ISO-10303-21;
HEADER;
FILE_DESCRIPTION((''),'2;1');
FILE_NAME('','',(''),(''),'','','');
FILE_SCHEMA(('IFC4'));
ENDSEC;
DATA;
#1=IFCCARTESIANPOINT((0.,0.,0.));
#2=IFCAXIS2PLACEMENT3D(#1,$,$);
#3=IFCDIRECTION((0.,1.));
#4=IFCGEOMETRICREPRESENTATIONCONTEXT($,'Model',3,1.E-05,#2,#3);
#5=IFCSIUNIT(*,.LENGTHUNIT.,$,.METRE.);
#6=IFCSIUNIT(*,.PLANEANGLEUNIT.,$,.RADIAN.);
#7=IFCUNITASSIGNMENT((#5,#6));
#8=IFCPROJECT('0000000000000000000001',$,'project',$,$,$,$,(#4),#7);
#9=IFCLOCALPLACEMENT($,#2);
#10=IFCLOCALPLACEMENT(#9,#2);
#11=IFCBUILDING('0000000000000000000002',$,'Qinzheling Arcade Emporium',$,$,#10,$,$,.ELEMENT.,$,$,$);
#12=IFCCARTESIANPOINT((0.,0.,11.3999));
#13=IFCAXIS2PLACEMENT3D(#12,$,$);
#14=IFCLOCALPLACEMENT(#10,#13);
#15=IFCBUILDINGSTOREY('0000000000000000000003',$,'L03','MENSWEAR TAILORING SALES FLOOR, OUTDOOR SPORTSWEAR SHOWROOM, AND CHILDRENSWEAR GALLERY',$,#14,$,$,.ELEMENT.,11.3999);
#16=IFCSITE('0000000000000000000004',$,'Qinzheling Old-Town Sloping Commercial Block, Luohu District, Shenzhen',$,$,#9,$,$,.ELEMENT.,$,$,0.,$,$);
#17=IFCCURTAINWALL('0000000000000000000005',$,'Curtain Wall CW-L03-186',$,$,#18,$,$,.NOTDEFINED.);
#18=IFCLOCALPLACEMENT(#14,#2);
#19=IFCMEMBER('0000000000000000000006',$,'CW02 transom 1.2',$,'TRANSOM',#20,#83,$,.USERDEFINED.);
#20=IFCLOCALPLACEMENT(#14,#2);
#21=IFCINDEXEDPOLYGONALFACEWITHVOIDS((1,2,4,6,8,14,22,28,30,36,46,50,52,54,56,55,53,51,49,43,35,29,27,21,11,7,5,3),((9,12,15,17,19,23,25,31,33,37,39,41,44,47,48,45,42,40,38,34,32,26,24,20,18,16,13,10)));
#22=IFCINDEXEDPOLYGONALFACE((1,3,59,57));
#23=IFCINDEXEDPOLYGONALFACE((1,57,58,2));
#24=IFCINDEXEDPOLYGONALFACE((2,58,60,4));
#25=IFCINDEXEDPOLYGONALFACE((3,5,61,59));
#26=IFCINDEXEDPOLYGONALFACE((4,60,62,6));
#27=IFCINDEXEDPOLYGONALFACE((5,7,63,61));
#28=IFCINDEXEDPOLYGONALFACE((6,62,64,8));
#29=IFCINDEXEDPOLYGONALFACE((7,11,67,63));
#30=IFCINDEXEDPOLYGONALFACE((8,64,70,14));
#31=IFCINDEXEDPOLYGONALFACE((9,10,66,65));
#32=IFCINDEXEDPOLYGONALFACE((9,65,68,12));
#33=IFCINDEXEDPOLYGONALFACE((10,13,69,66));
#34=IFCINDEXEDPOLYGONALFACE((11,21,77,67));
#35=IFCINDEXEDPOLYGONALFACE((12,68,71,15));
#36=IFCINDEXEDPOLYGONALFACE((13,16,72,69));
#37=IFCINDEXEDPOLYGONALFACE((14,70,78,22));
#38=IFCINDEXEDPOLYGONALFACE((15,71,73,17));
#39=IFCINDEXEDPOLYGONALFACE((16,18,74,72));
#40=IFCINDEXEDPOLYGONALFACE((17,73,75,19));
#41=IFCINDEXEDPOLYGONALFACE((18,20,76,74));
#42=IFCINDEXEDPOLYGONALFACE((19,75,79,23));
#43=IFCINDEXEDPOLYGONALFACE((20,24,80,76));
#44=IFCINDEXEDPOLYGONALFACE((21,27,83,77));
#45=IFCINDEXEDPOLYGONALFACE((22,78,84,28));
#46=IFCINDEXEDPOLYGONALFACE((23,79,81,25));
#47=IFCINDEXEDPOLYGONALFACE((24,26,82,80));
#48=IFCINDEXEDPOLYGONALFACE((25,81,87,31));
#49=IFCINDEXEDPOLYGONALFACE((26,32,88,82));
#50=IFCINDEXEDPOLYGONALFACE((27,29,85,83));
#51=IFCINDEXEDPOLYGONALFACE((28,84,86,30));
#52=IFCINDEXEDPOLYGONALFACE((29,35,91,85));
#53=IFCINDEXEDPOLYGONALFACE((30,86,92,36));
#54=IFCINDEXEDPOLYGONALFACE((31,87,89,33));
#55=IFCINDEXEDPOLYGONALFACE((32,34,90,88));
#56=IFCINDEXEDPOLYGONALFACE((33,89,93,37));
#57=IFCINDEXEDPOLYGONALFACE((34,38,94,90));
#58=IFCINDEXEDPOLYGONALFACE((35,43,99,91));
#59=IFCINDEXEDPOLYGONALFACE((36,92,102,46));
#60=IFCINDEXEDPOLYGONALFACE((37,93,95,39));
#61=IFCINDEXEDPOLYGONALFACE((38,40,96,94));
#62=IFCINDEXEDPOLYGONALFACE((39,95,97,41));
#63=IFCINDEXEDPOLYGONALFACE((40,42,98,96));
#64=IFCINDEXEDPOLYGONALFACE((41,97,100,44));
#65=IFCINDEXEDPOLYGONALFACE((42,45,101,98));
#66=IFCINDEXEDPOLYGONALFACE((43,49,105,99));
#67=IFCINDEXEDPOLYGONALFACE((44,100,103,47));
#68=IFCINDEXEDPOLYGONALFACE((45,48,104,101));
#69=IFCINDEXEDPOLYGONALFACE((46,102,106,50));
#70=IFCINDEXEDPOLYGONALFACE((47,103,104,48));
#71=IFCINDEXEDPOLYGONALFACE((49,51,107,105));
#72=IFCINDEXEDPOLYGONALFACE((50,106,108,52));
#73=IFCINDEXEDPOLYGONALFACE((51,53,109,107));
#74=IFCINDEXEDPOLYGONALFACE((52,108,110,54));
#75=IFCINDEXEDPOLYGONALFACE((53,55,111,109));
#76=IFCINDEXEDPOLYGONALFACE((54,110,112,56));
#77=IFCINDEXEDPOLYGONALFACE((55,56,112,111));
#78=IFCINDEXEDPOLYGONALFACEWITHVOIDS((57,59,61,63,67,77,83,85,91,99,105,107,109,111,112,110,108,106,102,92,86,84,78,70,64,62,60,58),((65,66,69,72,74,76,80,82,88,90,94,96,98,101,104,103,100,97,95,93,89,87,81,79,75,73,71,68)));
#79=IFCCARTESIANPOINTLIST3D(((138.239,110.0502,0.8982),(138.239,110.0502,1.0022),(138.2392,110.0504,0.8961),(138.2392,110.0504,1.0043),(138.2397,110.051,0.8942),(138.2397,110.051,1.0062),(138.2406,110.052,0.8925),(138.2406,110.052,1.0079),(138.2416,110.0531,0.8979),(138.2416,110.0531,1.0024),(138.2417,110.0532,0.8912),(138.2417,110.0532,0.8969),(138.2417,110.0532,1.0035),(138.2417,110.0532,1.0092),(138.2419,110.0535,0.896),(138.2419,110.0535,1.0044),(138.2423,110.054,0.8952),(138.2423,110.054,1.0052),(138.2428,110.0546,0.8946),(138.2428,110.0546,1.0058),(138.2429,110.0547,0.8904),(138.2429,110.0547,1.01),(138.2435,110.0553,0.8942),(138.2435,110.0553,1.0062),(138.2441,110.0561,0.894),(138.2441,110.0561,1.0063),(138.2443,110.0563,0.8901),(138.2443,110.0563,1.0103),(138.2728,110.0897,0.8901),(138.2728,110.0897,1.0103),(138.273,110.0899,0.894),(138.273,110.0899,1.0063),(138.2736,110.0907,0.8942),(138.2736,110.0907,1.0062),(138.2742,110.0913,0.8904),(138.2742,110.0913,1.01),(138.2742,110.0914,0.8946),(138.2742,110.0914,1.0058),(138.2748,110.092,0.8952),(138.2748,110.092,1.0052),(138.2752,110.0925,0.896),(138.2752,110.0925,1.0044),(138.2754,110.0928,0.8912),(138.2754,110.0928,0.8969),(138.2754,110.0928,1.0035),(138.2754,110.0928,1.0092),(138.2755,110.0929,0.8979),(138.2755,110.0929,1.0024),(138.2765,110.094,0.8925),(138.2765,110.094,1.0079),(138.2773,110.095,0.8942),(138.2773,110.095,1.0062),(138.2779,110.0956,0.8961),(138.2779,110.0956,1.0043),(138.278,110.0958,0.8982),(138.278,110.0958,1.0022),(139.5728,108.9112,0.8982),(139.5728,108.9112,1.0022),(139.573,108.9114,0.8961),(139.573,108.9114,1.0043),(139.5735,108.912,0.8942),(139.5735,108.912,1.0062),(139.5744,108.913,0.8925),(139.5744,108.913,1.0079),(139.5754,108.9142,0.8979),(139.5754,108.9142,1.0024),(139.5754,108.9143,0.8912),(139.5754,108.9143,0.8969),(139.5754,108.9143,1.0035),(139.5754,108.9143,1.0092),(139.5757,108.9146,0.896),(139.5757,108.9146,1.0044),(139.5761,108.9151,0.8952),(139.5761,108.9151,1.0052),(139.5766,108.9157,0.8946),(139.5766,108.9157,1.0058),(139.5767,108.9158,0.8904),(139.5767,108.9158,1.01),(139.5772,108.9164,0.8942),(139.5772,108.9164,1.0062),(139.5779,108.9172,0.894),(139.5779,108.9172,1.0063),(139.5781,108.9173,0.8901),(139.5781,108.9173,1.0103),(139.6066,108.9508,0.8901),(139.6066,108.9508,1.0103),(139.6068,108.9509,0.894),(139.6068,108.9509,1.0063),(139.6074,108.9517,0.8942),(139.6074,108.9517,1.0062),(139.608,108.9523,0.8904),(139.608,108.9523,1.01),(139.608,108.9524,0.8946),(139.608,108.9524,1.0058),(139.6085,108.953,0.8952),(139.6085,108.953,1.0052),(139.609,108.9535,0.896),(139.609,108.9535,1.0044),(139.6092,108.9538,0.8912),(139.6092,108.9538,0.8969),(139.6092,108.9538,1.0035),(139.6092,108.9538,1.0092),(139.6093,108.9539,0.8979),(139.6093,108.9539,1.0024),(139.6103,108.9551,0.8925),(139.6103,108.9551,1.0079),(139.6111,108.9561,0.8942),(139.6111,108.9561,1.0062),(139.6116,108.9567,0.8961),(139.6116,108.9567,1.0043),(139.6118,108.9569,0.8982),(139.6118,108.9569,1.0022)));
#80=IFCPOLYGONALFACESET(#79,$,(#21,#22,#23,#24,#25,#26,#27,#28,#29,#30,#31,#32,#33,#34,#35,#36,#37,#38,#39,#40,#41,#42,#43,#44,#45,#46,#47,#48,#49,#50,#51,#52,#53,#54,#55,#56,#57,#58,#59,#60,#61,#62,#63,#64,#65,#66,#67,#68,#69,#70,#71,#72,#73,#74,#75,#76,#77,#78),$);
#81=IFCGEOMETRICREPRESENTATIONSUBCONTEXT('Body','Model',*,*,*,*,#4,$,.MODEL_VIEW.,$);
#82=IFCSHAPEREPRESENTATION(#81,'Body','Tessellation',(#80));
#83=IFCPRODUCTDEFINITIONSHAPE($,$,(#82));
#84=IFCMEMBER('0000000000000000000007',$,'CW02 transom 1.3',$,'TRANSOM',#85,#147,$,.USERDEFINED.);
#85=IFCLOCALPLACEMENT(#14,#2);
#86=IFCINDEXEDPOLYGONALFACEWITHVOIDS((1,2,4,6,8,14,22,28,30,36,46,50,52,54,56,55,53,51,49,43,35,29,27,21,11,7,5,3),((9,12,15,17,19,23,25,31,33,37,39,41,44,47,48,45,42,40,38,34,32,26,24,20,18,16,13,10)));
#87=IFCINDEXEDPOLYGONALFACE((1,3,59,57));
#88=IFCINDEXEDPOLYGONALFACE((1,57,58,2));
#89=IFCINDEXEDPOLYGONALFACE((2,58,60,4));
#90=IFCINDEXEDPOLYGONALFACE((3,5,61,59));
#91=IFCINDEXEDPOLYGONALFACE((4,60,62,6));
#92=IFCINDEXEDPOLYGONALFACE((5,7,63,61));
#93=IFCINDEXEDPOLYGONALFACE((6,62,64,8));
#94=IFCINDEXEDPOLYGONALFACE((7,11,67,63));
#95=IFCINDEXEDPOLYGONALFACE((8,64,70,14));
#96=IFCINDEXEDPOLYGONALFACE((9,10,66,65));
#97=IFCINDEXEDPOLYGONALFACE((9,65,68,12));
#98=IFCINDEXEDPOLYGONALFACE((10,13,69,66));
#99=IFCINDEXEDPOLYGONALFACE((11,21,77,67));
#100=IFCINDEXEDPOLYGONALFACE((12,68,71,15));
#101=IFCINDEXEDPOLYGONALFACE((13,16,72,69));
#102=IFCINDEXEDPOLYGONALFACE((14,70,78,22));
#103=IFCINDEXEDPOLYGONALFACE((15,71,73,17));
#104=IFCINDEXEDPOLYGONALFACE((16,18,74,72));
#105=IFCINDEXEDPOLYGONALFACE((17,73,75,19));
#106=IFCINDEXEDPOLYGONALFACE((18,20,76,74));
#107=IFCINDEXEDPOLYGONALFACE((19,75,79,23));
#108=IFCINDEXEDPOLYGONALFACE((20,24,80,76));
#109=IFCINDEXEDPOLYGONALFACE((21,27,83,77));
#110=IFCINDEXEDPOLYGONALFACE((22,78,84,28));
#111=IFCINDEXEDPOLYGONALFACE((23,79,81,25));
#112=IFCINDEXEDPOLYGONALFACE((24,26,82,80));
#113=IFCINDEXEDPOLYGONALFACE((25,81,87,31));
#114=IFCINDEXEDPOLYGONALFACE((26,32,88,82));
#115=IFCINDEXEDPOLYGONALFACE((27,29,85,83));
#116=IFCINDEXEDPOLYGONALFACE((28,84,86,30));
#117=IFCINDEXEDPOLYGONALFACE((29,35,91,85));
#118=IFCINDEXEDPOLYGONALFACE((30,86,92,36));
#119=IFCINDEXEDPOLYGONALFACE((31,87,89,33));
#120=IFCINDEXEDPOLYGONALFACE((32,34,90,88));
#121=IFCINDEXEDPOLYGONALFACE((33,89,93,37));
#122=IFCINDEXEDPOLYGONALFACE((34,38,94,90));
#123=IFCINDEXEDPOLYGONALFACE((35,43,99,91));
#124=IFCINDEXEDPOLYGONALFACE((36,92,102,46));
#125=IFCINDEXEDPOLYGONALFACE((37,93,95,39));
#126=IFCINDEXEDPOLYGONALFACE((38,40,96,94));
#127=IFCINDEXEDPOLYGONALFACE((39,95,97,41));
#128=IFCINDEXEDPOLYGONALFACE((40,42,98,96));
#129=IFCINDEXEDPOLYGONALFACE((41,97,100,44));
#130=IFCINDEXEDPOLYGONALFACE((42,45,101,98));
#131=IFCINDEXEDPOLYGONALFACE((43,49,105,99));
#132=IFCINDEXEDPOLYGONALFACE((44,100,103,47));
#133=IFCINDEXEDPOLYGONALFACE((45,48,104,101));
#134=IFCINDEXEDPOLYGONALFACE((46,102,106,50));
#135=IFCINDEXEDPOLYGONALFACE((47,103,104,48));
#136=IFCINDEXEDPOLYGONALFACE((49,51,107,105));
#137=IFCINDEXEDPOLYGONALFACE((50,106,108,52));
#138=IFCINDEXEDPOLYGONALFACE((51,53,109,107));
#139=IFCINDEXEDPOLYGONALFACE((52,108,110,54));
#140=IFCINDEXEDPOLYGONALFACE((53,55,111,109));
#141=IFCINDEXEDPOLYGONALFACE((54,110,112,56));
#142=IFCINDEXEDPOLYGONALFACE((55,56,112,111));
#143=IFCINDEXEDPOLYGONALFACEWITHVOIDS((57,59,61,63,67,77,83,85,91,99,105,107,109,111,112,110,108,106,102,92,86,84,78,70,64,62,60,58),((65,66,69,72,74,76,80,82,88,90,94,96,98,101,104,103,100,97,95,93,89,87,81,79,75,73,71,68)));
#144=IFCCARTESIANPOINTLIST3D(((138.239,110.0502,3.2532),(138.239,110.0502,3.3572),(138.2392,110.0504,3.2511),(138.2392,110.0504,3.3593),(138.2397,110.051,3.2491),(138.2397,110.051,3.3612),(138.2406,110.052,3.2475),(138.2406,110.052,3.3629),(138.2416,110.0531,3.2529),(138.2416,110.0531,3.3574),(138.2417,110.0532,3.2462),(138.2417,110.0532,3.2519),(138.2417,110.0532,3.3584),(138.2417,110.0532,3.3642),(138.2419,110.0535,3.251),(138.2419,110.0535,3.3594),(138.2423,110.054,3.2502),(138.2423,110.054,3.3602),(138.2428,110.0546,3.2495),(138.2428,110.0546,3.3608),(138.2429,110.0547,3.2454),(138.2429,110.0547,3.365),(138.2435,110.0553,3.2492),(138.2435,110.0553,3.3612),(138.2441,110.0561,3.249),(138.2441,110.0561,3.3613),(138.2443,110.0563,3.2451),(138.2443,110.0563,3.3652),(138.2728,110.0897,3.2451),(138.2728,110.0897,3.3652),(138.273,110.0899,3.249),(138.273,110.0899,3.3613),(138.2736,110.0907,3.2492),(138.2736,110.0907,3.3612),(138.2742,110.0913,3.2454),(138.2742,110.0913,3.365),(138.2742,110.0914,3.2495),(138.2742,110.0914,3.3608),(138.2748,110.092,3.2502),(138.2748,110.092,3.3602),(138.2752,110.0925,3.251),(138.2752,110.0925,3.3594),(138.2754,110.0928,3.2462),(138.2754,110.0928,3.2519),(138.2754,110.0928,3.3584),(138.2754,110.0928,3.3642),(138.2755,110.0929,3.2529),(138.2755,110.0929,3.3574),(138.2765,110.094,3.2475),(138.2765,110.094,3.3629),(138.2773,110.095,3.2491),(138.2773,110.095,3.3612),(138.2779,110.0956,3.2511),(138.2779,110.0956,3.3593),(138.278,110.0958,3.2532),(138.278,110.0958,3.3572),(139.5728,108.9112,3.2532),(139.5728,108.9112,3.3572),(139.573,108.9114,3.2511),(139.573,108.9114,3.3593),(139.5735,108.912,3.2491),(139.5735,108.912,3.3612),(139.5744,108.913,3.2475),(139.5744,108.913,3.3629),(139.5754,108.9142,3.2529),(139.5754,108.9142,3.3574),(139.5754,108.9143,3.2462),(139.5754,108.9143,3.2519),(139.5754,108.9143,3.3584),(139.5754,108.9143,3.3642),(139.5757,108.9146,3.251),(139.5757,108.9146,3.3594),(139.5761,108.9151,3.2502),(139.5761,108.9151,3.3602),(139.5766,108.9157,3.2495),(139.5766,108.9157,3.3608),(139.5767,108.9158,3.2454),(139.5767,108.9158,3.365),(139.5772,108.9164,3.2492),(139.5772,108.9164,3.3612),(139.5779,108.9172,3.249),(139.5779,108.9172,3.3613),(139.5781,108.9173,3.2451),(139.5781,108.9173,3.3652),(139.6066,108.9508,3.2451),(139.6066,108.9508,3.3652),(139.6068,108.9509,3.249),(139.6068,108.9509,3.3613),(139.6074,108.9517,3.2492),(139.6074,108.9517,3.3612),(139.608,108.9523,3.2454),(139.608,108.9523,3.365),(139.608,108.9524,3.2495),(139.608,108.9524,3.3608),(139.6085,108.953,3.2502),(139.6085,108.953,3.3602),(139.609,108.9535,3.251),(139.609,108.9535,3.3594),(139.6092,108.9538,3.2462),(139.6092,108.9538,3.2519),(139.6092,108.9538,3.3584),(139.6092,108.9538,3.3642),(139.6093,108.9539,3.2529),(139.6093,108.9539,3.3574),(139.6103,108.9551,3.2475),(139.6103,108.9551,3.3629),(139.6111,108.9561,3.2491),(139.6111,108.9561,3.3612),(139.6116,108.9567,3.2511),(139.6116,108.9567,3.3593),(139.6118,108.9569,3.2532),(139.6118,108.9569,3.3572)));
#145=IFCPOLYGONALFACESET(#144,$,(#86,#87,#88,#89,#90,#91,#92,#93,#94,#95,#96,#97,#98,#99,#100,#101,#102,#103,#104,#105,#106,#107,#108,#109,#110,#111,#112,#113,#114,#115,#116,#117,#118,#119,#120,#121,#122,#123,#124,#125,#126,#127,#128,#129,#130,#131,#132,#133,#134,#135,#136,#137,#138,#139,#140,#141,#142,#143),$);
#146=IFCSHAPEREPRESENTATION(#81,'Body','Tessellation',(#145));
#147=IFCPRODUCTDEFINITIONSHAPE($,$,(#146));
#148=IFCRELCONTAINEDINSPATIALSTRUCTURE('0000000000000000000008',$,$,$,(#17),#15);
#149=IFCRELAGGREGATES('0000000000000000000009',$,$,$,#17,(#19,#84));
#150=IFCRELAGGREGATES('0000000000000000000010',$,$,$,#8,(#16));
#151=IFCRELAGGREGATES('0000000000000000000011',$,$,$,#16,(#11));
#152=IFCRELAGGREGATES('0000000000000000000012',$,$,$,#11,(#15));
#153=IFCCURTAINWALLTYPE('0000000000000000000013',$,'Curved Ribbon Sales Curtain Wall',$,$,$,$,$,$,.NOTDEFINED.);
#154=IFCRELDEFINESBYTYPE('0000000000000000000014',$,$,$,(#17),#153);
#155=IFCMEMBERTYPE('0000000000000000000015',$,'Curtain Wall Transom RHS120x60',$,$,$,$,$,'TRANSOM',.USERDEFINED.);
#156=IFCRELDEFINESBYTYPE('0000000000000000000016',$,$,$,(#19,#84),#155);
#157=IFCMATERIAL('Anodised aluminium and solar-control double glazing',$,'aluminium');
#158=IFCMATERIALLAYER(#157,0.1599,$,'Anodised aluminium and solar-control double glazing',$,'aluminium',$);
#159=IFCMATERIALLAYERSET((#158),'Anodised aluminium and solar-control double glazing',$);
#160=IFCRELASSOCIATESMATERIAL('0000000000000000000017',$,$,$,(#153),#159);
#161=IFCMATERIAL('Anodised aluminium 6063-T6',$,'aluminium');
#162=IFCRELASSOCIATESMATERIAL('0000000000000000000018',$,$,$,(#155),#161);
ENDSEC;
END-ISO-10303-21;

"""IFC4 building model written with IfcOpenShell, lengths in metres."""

from ifc_helpers import new_model, si_unit, direction, frame, origin, origin_2d, place, context, subcontext, project, spatial, hollow_rectangle, extrude, material, layer, layer_set, material_profile, profile_set, type_object, element, aggregate, save


model = new_model("IFC4")

# Units and contexts
model_context = context("Model", 3, precision=1e-05, world=origin(), true_north=direction((0.0, 1.0)))
body_context = subcontext(model_context, "Body", "Model", "MODEL_VIEW")
ifc_project = project(units=[si_unit("LENGTHUNIT", "METRE"), si_unit("PLANEANGLEUNIT", "RADIAN")], contexts=[model_context])

# Site, building, storey
site_placement = place(None, origin())
site = spatial("IfcSite", under=ifc_project, at=site_placement, Name="Qinzheling Old-Town Sloping Commercial Block, Luohu District, Shenzhen", CompositionType="ELEMENT", RefElevation=0.0)
building_placement = place(site_placement, origin())
building = spatial("IfcBuilding", under=site, at=building_placement, Name="Qinzheling Arcade Emporium", CompositionType="ELEMENT")
storey_placement = place(building_placement, frame((0.0, 0.0, 11.3999)))
storey = spatial("IfcBuildingStorey", under=building, at=storey_placement, Name="L03", Description="MENSWEAR TAILORING SALES FLOOR, OUTDOOR SPORTSWEAR SHOWROOM, AND CHILDRENSWEAR GALLERY", CompositionType="ELEMENT", Elevation=11.3999)

# Shared definitions
ifc_material_1 = material(Name="Anodised aluminium and solar-control double glazing", Category="aluminium")
ifc_layer_1 = layer(ifc_material_1, 0.1599, Name="Anodised aluminium and solar-control double glazing", Category="aluminium")
ifc_layer_set_1 = layer_set([ifc_layer_1], Name="Anodised aluminium and solar-control double glazing")
curtain_wall_type = type_object("IfcCurtainWallType", Name="Curved Ribbon Sales Curtain Wall", PredefinedType="NOTDEFINED", material=ifc_layer_set_1)
ifc_material_2 = material(Name="Anodised aluminium 6063-T6", Category="aluminium")

# Curtain wall
curtain_wall_1_placement = place(storey_placement, origin())
curtain_wall_1 = element("IfcCurtainWall", 1, at=curtain_wall_1_placement, inside=storey, type_object=curtain_wall_type, Name="Curtain Wall CW-L03-186", PredefinedType="NOTDEFINED")

# Members
ifc_material_profile_1 = material_profile(ifc_material_2, hollow_rectangle(XDim=0.0601, YDim=0.1201, WallThickness=0.0039, InnerFilletRadius=0.0039, OuterFilletRadius=0.0081, at=origin_2d()), Name="RHS 120x60x4", Category="aluminium")
ifc_profile_set_1 = profile_set([ifc_material_profile_1], Name="Anodised aluminium 6063-T6")
member_type_1 = type_object("IfcMemberType", Name="Curtain Wall Transom RHS120x60", ElementType="TRANSOM", PredefinedType="USERDEFINED", material=ifc_profile_set_1)
member_1_placement = place(storey_placement, frame((138.2585, 110.073, 0.9502), z_axis=(0.760464, -0.64938, 0.0), x_axis=(0.64938, 0.760464, 0.0)))
member_1 = element("IfcMember", 2, at=member_1_placement, type_object=member_type_1, Name="CW02 transom 1.2", ObjectType="TRANSOM", PredefinedType="USERDEFINED", context=body_context, shape_type="SweptSolid", body=[
    extrude(hollow_rectangle(XDim=0.0601, YDim=0.1201, WallThickness=0.0039, InnerFilletRadius=0.0039, OuterFilletRadius=0.0081, at=origin_2d()), origin(), (0.0, 0.0, 1.0), 1.7539),
])
member_2_placement = place(storey_placement, frame((138.2585, 110.073, 3.3052), z_axis=(0.760464, -0.64938, 0.0), x_axis=(0.64938, 0.760464, 0.0)))
member_2 = element("IfcMember", 3, at=member_2_placement, type_object=member_type_1, Name="CW02 transom 1.3", ObjectType="TRANSOM", PredefinedType="USERDEFINED", context=body_context, shape_type="SweptSolid", body=[
    extrude(hollow_rectangle(XDim=0.0601, YDim=0.1201, WallThickness=0.0039, InnerFilletRadius=0.0039, OuterFilletRadius=0.0081, at=origin_2d()), origin(), (0.0, 0.0, 1.0), 1.7539),
])

aggregate(curtain_wall_1, [member_1, member_2])

save(model, "model.ifc")
